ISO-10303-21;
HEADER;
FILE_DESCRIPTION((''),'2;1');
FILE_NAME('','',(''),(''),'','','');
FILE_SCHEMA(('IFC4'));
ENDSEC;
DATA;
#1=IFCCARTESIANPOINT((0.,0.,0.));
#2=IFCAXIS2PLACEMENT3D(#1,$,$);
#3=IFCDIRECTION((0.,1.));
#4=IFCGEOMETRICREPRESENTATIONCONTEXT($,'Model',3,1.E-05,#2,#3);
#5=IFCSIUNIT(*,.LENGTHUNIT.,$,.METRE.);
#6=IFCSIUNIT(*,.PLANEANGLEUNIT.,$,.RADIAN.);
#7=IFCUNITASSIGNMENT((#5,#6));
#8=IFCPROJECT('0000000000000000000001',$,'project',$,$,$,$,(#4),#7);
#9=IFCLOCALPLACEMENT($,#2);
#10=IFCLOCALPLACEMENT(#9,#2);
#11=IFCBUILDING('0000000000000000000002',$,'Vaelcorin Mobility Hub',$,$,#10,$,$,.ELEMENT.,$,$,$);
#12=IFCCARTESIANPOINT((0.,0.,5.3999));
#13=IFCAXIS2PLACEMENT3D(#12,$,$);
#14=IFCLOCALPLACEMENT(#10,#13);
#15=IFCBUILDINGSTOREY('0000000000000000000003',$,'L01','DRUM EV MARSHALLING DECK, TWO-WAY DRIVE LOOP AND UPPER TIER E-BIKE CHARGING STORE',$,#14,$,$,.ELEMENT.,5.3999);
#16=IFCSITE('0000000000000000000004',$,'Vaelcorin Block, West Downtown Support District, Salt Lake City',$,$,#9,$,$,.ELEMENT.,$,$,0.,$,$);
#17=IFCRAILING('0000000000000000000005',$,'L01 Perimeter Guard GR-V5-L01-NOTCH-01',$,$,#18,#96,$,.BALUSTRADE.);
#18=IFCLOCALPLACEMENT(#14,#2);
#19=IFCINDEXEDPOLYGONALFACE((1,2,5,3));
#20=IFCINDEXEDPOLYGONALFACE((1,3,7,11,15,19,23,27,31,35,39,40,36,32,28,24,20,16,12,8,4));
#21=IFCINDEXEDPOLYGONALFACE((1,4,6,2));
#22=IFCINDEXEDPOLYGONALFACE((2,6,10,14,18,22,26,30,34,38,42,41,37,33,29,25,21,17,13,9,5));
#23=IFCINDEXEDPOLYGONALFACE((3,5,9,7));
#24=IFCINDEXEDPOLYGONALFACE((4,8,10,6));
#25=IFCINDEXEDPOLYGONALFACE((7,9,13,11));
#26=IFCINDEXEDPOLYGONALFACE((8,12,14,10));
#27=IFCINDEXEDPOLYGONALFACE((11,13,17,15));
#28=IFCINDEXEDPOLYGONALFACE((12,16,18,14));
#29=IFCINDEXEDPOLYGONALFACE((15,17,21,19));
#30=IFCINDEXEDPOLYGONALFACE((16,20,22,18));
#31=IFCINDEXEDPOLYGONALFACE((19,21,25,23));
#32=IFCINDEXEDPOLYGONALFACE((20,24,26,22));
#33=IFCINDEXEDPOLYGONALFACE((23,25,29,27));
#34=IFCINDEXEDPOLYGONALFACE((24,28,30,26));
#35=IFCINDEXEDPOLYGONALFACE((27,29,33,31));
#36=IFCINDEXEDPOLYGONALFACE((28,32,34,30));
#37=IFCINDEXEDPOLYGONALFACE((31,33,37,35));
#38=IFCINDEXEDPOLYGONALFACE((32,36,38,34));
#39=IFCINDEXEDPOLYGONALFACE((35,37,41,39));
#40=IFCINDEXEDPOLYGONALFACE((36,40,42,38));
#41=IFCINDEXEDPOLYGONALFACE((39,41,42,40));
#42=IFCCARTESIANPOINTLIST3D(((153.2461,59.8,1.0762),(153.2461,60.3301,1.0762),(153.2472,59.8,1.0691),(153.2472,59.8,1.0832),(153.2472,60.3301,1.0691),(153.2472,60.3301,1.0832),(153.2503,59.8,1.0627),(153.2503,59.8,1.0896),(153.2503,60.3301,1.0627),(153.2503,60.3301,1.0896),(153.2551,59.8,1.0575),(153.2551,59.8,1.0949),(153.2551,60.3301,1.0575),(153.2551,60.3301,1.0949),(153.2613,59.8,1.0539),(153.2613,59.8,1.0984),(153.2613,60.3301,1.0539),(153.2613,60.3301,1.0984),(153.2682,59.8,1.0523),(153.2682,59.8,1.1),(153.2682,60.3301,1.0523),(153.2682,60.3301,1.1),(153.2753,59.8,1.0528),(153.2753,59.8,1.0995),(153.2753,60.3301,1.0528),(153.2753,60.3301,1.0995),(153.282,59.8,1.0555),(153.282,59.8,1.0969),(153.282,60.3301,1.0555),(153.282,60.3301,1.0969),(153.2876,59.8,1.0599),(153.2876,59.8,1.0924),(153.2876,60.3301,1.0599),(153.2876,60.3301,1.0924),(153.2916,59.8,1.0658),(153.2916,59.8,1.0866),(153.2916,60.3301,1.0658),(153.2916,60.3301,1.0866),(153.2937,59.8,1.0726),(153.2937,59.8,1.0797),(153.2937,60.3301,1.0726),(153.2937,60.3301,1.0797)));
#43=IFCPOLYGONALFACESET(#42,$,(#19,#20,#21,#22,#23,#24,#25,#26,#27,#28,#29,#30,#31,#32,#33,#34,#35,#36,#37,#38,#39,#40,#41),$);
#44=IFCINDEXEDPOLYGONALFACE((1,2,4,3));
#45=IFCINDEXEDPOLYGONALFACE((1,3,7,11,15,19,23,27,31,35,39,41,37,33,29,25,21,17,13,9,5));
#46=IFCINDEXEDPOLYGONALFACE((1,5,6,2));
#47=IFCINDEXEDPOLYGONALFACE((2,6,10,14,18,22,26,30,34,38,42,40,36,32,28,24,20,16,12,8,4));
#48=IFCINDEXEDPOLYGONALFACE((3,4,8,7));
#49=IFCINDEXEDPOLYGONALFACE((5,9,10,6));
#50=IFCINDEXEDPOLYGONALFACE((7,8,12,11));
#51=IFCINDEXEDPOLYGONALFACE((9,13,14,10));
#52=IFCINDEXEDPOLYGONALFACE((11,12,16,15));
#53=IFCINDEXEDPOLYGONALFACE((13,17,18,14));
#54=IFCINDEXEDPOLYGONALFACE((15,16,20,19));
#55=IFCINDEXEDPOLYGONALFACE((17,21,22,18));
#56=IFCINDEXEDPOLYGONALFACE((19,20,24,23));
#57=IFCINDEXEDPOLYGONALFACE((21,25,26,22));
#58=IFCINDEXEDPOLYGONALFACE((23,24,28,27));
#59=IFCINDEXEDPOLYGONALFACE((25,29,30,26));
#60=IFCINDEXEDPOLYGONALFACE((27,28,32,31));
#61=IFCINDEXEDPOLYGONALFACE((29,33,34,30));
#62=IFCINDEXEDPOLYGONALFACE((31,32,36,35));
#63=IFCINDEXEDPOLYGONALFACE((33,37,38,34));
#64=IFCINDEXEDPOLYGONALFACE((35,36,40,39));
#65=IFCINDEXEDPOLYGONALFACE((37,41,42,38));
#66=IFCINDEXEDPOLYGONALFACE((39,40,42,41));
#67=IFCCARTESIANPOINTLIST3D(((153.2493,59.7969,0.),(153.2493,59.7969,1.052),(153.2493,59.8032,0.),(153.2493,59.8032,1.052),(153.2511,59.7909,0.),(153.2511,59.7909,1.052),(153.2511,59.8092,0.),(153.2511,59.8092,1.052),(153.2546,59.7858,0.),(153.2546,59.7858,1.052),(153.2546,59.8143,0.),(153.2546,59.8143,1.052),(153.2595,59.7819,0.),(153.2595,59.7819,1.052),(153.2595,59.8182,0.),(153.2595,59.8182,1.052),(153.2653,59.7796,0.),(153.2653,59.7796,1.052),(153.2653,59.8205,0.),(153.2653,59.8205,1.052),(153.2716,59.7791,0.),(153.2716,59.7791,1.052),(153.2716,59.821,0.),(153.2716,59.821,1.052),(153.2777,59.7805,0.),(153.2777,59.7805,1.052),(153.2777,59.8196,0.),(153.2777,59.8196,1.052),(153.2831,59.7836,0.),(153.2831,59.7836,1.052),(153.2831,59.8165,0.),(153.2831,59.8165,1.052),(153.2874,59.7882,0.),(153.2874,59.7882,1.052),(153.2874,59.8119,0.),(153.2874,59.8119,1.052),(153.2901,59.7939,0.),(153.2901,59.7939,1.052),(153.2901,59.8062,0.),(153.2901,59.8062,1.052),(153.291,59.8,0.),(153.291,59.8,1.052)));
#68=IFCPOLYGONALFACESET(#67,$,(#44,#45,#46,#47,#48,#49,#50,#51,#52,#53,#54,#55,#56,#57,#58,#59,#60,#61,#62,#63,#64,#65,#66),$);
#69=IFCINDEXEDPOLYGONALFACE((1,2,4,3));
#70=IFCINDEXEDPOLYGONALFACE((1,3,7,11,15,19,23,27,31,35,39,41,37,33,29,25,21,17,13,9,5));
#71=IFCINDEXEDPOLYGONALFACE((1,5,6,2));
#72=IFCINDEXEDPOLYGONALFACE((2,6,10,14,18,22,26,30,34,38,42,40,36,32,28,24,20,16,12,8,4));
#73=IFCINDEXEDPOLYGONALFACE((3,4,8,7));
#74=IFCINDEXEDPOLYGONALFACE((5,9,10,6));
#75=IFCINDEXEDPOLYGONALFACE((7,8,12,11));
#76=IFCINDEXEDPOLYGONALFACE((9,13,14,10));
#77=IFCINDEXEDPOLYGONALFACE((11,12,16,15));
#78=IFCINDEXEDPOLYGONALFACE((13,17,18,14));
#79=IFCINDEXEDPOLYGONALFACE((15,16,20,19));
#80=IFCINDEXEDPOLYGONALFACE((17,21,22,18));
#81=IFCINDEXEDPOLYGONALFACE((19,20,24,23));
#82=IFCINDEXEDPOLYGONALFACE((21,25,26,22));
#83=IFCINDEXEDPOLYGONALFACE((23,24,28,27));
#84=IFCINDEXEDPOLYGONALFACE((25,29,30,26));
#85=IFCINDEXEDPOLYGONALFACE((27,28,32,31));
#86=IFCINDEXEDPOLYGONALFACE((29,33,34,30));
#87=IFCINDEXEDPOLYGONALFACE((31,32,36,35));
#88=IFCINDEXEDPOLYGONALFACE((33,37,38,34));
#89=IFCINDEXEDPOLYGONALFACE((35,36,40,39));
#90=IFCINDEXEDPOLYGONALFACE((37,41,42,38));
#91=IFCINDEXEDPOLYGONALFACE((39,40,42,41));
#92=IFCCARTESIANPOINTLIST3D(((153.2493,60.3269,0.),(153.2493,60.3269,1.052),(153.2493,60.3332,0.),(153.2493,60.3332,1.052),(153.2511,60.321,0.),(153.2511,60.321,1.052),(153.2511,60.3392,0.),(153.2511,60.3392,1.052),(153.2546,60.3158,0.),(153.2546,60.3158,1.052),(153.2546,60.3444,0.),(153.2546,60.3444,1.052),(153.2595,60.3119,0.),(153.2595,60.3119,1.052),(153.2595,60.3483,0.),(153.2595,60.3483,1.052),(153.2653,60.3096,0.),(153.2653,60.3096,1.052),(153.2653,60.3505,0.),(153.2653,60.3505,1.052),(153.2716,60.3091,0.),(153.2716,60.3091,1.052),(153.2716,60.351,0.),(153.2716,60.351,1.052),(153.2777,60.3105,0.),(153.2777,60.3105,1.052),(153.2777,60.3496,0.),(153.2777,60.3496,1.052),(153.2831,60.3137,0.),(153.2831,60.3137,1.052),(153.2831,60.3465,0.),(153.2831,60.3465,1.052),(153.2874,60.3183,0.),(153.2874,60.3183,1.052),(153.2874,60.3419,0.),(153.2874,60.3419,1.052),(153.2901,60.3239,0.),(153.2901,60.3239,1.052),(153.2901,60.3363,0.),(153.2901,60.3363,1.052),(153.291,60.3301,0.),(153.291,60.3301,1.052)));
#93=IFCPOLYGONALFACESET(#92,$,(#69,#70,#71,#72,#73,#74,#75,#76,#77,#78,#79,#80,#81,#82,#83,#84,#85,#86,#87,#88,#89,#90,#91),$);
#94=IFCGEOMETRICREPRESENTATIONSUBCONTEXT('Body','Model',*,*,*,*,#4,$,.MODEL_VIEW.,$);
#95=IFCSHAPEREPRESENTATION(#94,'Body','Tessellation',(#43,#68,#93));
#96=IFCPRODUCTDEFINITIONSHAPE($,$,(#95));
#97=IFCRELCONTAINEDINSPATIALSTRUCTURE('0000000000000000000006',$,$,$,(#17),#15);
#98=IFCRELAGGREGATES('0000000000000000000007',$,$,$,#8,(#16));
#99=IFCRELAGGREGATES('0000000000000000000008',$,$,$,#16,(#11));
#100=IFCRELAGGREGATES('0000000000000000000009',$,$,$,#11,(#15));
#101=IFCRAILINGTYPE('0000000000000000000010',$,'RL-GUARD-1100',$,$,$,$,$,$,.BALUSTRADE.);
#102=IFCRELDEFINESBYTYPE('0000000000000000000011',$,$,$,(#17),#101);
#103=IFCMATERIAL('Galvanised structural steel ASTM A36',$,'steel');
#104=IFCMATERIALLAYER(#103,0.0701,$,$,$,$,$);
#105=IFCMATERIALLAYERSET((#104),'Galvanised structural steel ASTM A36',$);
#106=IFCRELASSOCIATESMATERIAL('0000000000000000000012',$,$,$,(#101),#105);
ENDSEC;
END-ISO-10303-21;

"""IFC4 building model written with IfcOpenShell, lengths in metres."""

from ifc_helpers import new_model, si_unit, direction, frame, origin, origin_2d, place, context, subcontext, project, spatial, circle, extrude, material, layer, layer_set, type_object, element, save


model = new_model("IFC4")

# Units and contexts
model_context = context("Model", 3, precision=1e-05, world=origin(), true_north=direction((0.0, 1.0)))
body_context = subcontext(model_context, "Body", "Model", "MODEL_VIEW")
ifc_project = project(units=[si_unit("LENGTHUNIT", "METRE"), si_unit("PLANEANGLEUNIT", "RADIAN")], contexts=[model_context])

# Site, building, storey
site_placement = place(None, origin())
site = spatial("IfcSite", under=ifc_project, at=site_placement, Name="Vaelcorin Block, West Downtown Support District, Salt Lake City", CompositionType="ELEMENT", RefElevation=0.0)
building_placement = place(site_placement, origin())
building = spatial("IfcBuilding", under=site, at=building_placement, Name="Vaelcorin Mobility Hub", CompositionType="ELEMENT")
storey_placement = place(building_placement, frame((0.0, 0.0, 5.3999)))
storey = spatial("IfcBuildingStorey", under=building, at=storey_placement, Name="L01", Description="DRUM EV MARSHALLING DECK, TWO-WAY DRIVE LOOP AND UPPER TIER E-BIKE CHARGING STORE", CompositionType="ELEMENT", Elevation=5.3999)

# Railing
ifc_material_1 = material(Name="Galvanised structural steel ASTM A36", Category="steel")
ifc_layer_1 = layer(ifc_material_1, 0.0701)
ifc_layer_set_1 = layer_set([ifc_layer_1], Name="Galvanised structural steel ASTM A36")
railing_type = type_object("IfcRailingType", Name="RL-GUARD-1100", PredefinedType="BALUSTRADE", material=ifc_layer_set_1)
railing_placement = place(storey_placement, frame((153.27, 59.8, 0.0)))
element("IfcRailing", 1, at=railing_placement, inside=storey, type_object=railing_type, Name="L01 Perimeter Guard GR-V5-L01-NOTCH-01", PredefinedType="BALUSTRADE", context=body_context, shape_type="SweptSolid", body=[
    extrude(circle(Radius=0.0239, at=origin_2d()), frame((0.0, 0.0, 1.0762), z_axis=(0.0, 1.0, 0.0), x_axis=(-1.0, 0.0, 0.0)), (0.0, 0.0, 1.0), 0.53),
    extrude(circle(Radius=0.021, at=origin_2d()), origin(), (0.0, 0.0, 1.0), 1.052),
    extrude(circle(Radius=0.021, at=origin_2d()), frame((0.0, 0.53, 0.0)), (0.0, 0.0, 1.0), 1.052),
])

save(model, "model.ifc")
